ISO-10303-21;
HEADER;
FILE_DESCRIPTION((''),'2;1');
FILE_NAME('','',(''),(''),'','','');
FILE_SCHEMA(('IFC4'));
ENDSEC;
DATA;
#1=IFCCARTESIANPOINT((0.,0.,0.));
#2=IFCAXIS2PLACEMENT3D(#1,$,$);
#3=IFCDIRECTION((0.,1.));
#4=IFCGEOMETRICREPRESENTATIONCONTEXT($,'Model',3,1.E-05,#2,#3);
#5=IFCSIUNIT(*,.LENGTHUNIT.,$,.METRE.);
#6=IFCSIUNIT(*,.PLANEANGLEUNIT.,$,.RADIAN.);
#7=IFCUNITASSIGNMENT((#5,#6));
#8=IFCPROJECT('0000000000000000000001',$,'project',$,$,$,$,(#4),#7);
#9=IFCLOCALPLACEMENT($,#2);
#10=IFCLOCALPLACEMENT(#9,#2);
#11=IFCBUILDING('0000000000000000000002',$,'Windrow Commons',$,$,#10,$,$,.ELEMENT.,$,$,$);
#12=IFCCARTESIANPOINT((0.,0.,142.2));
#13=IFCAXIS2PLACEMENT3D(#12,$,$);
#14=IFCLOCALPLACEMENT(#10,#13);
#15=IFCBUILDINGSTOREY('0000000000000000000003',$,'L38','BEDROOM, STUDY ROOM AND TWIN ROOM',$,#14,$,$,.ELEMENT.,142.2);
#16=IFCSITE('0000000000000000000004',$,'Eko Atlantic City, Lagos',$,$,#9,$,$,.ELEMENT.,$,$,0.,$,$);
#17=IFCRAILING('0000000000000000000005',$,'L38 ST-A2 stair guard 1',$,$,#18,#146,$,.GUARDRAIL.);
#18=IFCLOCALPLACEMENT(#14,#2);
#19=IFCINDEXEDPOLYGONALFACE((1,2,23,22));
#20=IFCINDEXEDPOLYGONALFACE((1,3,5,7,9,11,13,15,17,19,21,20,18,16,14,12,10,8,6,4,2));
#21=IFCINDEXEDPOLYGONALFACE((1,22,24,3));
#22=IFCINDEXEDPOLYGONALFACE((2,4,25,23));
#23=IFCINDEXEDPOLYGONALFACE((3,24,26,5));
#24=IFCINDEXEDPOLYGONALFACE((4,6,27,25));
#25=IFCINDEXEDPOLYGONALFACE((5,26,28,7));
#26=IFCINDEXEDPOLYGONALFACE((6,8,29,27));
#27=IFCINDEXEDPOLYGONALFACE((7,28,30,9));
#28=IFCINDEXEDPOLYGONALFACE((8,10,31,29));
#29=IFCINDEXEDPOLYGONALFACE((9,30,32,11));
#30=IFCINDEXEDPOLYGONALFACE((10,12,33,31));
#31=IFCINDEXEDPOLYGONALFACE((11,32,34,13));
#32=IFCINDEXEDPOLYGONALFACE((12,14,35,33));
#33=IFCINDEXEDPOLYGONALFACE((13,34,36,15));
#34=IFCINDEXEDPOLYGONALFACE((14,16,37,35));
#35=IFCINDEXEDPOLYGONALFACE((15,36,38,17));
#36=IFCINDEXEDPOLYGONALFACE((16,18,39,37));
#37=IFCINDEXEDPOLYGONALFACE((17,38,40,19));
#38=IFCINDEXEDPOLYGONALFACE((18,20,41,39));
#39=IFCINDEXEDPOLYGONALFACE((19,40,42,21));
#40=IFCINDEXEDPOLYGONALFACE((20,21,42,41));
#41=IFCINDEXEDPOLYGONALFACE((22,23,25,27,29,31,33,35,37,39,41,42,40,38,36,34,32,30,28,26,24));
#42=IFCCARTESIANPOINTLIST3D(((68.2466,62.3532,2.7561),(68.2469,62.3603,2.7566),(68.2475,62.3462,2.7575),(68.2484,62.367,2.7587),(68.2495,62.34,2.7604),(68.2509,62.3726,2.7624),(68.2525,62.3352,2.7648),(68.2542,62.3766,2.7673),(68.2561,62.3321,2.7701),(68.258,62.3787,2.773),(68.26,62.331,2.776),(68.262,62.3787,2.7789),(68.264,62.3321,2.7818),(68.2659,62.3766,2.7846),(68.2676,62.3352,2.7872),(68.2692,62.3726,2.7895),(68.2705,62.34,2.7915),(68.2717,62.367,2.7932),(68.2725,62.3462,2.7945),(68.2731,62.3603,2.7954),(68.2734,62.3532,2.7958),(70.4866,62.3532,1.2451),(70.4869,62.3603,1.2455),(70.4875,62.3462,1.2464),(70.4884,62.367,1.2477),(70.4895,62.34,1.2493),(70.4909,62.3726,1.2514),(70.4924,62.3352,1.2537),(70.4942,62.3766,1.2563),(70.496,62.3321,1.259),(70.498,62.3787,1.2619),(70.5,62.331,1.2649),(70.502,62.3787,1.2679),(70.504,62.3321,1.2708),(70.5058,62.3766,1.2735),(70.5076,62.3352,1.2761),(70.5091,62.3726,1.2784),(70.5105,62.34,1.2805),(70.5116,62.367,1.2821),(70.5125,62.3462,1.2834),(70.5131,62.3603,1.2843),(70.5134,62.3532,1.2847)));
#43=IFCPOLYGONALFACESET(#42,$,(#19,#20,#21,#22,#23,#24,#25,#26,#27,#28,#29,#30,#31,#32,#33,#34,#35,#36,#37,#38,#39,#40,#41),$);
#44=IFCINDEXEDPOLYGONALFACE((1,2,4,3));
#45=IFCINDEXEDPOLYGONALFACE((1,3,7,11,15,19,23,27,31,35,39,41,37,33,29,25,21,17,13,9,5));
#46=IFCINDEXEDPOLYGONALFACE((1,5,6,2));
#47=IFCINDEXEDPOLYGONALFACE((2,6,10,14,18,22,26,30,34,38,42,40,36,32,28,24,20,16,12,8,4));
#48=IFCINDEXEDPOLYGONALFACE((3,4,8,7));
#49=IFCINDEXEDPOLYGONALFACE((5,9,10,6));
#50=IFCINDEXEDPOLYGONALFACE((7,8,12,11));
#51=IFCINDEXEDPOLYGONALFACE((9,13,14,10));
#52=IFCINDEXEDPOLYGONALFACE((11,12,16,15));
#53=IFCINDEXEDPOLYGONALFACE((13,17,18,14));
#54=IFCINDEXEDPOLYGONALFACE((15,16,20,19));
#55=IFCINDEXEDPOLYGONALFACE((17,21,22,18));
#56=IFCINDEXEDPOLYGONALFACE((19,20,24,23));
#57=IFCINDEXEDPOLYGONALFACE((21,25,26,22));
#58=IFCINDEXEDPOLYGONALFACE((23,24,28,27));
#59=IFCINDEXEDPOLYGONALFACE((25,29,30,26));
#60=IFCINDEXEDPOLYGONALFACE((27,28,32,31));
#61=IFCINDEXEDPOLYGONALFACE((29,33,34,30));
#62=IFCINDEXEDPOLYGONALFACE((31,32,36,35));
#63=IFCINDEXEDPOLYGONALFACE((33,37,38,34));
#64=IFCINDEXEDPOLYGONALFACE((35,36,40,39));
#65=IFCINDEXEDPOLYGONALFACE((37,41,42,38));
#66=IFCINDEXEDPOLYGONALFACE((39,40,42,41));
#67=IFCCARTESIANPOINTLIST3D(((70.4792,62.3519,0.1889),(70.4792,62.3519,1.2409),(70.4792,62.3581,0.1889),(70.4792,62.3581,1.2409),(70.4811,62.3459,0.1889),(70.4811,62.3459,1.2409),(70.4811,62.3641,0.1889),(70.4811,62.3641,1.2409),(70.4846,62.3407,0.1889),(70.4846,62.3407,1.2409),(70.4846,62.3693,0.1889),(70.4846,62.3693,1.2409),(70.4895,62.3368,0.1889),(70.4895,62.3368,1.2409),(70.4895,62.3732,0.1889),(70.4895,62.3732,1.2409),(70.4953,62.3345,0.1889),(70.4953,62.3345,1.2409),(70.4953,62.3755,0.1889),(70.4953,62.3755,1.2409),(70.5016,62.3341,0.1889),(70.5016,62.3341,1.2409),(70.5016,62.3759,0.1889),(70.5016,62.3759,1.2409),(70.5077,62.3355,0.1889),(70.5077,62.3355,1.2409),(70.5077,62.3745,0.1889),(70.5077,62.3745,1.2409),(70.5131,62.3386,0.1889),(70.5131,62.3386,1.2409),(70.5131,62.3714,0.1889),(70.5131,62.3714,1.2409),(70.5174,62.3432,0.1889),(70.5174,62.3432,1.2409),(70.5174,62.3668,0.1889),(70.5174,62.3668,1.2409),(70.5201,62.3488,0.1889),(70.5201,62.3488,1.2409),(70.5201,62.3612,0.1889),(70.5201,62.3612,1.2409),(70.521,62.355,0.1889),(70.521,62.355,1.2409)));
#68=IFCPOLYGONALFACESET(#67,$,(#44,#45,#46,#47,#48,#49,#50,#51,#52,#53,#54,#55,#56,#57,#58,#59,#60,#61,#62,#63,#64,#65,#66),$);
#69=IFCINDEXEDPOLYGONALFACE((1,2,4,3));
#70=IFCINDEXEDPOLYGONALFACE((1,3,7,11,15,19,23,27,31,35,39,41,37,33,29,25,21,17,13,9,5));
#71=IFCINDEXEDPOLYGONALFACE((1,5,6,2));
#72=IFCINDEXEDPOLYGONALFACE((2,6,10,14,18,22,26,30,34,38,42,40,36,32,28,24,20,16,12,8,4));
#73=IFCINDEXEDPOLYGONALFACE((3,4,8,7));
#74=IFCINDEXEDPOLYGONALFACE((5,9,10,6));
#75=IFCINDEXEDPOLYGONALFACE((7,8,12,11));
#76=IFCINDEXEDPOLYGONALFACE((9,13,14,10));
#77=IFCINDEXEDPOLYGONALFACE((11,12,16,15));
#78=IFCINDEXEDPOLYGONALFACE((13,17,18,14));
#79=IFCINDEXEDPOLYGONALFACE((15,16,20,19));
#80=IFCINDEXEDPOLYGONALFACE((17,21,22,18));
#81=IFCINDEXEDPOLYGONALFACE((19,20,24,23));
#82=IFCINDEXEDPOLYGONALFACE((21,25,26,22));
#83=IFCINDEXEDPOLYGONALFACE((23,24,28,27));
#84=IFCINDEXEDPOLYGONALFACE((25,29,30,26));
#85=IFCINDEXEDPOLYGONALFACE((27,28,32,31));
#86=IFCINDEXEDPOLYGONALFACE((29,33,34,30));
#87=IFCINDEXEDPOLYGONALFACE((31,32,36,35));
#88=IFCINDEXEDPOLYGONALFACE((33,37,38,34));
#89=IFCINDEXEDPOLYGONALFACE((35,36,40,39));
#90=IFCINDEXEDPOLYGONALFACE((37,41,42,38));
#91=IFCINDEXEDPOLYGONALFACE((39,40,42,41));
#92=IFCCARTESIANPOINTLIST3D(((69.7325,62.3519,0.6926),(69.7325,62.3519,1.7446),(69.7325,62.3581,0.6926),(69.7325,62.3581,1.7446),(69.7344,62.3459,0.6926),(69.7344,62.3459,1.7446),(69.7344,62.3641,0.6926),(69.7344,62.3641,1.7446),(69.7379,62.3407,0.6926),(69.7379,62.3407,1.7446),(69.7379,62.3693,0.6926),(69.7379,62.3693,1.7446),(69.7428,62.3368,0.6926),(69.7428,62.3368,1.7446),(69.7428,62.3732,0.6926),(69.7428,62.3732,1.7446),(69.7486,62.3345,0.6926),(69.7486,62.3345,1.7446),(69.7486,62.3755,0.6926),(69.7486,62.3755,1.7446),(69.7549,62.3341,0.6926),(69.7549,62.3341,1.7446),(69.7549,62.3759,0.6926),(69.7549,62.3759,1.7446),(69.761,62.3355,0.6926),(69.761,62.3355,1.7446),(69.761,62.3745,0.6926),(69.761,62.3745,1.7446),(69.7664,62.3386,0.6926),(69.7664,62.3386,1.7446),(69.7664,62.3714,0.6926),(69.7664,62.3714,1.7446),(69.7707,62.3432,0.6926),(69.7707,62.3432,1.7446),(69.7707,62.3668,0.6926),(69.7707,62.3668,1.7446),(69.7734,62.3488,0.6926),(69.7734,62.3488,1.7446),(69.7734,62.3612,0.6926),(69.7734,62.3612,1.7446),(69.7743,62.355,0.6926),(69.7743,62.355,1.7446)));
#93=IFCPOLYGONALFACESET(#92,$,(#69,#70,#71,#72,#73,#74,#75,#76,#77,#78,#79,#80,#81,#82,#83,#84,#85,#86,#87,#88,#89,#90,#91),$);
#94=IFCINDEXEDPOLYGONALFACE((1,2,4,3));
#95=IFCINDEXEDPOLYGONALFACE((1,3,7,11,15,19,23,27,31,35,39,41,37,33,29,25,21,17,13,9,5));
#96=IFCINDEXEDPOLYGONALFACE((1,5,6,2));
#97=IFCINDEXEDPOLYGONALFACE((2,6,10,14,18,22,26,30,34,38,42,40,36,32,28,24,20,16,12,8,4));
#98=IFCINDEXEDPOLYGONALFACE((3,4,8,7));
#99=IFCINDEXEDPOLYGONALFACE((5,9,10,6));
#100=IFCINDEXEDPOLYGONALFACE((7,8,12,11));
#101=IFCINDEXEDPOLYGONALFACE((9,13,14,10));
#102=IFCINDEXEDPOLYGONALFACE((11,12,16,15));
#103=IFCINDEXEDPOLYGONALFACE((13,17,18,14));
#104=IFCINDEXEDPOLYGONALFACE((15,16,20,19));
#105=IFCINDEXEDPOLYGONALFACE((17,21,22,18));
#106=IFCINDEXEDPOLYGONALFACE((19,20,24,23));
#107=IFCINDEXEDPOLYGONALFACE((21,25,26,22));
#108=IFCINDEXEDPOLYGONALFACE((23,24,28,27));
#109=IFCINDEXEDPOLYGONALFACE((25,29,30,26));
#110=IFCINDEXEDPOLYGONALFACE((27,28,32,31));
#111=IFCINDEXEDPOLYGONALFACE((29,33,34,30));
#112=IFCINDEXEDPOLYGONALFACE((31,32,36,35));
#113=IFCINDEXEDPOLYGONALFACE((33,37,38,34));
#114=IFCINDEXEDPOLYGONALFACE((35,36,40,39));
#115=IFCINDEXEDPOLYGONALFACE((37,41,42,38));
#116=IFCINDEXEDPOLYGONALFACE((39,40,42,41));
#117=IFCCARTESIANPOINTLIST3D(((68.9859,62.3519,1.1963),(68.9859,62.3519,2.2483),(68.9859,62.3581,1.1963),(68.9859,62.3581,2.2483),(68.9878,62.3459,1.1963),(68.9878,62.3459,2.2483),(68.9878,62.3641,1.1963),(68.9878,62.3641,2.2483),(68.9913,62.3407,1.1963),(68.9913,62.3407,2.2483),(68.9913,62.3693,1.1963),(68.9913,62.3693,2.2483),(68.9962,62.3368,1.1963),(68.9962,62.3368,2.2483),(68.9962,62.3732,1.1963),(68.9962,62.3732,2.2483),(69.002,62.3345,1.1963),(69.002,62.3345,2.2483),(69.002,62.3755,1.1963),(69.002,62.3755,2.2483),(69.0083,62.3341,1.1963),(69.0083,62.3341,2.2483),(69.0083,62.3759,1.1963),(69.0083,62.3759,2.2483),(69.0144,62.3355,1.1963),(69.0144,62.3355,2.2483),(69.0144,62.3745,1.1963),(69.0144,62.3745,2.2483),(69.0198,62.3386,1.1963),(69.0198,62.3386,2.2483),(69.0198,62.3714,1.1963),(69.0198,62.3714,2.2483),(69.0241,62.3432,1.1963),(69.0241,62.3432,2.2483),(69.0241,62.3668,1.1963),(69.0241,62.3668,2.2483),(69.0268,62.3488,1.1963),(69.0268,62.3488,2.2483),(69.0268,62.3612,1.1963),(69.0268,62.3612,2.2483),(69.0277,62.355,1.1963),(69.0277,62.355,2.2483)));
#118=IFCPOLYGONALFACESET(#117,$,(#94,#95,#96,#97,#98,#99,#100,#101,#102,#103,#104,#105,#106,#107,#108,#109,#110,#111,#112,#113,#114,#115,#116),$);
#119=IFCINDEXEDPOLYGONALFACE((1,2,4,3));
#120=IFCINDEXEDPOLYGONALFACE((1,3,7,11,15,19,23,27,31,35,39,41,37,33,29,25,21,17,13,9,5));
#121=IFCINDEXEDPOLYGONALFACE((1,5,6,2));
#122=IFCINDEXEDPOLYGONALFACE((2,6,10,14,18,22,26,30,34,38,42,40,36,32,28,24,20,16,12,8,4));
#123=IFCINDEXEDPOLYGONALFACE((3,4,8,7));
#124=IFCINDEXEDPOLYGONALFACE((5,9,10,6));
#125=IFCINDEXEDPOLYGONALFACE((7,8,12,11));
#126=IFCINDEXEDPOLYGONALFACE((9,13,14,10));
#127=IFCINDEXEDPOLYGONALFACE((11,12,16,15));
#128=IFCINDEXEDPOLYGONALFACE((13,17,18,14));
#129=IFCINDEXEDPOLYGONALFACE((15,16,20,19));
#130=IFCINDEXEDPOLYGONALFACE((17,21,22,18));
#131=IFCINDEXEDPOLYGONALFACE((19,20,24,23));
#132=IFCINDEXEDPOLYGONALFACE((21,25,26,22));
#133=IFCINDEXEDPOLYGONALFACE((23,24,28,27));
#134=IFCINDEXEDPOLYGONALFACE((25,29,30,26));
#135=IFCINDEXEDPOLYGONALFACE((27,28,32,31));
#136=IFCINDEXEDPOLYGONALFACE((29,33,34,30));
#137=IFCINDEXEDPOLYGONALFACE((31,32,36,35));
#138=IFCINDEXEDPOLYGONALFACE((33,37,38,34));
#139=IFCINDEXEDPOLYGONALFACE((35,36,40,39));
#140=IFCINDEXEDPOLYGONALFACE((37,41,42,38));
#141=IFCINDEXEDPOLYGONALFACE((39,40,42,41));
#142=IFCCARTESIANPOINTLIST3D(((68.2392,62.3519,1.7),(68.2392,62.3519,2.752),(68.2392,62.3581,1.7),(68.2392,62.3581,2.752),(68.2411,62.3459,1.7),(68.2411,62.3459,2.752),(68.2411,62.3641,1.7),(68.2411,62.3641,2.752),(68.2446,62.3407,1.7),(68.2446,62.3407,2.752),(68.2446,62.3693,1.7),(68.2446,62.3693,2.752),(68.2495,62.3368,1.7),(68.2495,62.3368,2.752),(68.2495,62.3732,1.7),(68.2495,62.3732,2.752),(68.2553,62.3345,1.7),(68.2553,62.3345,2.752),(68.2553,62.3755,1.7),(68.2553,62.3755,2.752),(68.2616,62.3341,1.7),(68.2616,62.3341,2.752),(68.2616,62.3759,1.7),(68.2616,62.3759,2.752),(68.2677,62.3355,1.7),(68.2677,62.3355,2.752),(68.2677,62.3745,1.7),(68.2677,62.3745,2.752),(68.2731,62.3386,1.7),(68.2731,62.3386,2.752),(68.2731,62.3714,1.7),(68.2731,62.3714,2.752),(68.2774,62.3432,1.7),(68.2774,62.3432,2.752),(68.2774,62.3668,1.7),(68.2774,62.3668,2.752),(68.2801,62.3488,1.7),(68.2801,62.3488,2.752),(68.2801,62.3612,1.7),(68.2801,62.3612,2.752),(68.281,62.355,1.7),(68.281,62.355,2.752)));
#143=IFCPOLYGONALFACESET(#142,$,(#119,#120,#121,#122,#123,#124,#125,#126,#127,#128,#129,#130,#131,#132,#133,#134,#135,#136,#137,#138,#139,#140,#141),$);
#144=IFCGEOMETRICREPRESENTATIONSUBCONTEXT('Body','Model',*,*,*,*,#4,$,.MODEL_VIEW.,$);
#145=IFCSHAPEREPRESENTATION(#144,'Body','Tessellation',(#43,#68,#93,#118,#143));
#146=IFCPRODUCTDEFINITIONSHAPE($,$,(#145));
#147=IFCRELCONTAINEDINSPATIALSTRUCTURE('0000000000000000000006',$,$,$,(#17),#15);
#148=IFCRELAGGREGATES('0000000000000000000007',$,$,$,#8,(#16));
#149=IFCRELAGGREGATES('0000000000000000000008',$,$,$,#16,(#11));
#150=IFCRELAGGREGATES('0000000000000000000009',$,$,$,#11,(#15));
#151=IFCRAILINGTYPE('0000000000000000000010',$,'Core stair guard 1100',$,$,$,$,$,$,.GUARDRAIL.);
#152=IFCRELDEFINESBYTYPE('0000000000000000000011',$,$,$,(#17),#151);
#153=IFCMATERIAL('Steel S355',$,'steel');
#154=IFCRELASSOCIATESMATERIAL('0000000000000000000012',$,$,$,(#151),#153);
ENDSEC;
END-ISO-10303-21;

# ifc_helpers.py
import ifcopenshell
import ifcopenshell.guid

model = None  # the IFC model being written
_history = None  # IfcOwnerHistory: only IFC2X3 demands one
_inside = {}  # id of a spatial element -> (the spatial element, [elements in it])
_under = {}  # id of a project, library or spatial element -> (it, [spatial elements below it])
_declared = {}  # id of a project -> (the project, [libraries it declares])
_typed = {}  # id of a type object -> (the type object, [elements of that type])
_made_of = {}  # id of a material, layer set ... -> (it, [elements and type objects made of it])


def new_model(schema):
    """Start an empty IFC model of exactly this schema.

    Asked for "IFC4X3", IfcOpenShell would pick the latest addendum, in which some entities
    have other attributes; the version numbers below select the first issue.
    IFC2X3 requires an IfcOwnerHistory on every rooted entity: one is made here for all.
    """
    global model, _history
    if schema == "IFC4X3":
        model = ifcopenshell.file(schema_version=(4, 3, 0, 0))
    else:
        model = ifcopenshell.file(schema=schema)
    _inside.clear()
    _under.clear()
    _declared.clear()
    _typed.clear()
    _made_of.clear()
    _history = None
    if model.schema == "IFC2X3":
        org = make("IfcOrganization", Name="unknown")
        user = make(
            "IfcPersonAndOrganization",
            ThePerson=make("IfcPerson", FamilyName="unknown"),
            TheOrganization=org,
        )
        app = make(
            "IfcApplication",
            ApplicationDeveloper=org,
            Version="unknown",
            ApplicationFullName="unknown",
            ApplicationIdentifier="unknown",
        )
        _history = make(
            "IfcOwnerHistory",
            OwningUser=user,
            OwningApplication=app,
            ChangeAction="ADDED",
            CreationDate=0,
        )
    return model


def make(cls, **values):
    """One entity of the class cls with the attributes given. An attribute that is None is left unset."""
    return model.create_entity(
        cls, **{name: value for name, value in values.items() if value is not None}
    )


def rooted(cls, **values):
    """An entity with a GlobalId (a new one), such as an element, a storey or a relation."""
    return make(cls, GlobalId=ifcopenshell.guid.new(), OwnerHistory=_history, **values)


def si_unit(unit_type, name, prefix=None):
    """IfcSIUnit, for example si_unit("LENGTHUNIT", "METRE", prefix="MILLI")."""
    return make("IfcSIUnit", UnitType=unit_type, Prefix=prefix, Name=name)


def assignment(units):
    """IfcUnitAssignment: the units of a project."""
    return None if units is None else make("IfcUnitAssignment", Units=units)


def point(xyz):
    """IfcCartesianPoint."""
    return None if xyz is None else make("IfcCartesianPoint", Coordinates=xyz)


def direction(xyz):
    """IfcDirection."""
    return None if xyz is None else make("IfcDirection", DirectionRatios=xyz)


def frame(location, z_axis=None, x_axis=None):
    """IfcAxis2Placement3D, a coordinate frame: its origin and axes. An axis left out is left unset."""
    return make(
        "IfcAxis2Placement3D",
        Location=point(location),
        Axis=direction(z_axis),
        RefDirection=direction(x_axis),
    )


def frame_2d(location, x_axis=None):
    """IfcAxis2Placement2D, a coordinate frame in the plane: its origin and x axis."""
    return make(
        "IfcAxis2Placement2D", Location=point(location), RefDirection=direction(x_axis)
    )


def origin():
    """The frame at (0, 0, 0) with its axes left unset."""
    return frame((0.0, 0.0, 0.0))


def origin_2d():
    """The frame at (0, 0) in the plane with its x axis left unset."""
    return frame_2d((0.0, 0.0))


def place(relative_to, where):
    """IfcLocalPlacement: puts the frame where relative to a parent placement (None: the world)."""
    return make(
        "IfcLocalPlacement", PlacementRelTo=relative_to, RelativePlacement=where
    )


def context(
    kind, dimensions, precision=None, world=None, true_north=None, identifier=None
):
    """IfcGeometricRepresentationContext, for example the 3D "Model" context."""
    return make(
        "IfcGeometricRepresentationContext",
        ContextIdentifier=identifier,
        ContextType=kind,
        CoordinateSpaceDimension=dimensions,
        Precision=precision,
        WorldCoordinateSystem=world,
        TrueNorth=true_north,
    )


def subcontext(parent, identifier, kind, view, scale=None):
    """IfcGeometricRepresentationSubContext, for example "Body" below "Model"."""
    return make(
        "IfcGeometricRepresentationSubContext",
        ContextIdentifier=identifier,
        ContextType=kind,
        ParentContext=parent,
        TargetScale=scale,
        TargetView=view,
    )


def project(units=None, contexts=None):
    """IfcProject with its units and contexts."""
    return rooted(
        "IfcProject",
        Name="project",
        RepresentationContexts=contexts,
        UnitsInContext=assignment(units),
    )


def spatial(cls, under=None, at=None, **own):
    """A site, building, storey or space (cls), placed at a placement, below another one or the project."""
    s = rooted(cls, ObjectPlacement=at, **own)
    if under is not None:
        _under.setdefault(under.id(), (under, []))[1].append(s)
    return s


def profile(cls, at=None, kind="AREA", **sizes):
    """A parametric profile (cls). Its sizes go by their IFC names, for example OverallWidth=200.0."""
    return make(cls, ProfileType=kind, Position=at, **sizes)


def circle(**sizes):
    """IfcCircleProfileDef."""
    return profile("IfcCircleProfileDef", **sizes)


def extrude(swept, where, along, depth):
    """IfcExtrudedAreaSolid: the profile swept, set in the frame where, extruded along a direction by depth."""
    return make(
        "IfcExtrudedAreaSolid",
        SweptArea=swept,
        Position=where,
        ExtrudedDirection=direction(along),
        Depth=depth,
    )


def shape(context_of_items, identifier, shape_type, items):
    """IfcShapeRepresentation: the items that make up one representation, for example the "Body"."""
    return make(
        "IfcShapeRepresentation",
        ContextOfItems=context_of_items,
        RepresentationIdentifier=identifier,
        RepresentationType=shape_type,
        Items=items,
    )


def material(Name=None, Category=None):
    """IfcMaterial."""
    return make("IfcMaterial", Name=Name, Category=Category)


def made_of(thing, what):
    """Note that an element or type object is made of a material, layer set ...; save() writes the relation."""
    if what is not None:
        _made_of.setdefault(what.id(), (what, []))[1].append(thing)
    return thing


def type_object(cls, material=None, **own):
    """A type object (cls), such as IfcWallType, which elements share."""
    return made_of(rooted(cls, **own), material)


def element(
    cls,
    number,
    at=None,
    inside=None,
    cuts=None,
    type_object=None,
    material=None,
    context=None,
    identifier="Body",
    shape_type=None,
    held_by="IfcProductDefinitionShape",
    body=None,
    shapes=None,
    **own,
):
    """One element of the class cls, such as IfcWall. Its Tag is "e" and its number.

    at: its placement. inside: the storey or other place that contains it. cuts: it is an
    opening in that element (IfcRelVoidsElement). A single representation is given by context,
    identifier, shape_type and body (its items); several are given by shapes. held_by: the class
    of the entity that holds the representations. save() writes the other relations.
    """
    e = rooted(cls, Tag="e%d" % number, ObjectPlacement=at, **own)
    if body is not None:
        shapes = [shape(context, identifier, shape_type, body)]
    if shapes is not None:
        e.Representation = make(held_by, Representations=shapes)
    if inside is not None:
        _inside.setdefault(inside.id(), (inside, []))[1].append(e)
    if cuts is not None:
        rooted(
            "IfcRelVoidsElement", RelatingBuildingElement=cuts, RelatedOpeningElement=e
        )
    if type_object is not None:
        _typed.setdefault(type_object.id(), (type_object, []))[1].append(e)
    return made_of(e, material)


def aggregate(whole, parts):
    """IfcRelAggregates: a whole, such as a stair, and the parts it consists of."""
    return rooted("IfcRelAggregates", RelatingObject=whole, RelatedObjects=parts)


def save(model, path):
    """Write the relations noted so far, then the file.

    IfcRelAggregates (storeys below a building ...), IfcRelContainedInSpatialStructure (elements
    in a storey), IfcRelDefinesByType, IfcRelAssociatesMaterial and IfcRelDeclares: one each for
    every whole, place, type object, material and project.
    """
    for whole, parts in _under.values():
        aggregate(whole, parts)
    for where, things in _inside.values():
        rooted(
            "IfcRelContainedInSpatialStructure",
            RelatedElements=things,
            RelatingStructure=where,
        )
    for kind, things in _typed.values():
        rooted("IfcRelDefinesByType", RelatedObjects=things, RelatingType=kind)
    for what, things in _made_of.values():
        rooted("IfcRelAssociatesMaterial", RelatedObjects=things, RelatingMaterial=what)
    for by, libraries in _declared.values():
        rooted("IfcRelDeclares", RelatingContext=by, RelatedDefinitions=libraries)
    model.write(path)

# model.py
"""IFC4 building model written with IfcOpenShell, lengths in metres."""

from ifc_helpers import new_model, si_unit, direction, frame, origin, origin_2d, place, context, subcontext, project, spatial, circle, extrude, material, type_object, element, save


model = new_model("IFC4")

# Units and contexts
model_context = context("Model", 3, precision=1e-05, world=origin(), true_north=direction((0.0, 1.0)))
body_context = subcontext(model_context, "Body", "Model", "MODEL_VIEW")
ifc_project = project(units=[si_unit("LENGTHUNIT", "METRE"), si_unit("PLANEANGLEUNIT", "RADIAN")], contexts=[model_context])

# Site, building, storey
site_placement = place(None, origin())
site = spatial("IfcSite", under=ifc_project, at=site_placement, Name="Eko Atlantic City, Lagos", CompositionType="ELEMENT", RefElevation=0.0)
building_placement = place(site_placement, origin())
building = spatial("IfcBuilding", under=site, at=building_placement, Name="Windrow Commons", CompositionType="ELEMENT")
storey_placement = place(building_placement, frame((0.0, 0.0, 142.2)))
storey = spatial("IfcBuildingStorey", under=building, at=storey_placement, Name="L38", Description="BEDROOM, STUDY ROOM AND TWIN ROOM", CompositionType="ELEMENT", Elevation=142.2)

# Railing
ifc_material_1 = material(Name="Steel S355", Category="steel")
railing_type_1 = type_object("IfcRailingType", Name="Core stair guard 1100", PredefinedType="GUARDRAIL", material=ifc_material_1)
railing_1_placement = place(storey_placement, frame((70.5, 62.355, 0.1889)))
element("IfcRailing", 1, at=railing_1_placement, inside=storey, type_object=railing_type_1, Name="L38 ST-A2 stair guard 1", PredefinedType="GUARDRAIL", context=body_context, shape_type="SweptSolid", body=[
    extrude(circle(Radius=0.024, at=origin_2d()), frame((0.0, 0.0, 1.076), z_axis=(-0.829003, 0.0, 0.559244), x_axis=(0.0, -1.0, 0.0)), (0.0, 0.0, 1.0), 2.702),
    extrude(circle(Radius=0.021, at=origin_2d()), origin(), (0.0, 0.0, 1.0), 1.052),
    extrude(circle(Radius=0.021, at=origin_2d()), frame((-0.7467, 0.0, 0.5037)), (0.0, 0.0, 1.0), 1.052),
    extrude(circle(Radius=0.021, at=origin_2d()), frame((-1.4933, 0.0, 1.0074)), (0.0, 0.0, 1.0), 1.052),
    extrude(circle(Radius=0.021, at=origin_2d()), frame((-2.24, 0.0, 1.5111)), (0.0, 0.0, 1.0), 1.052),
])

save(model, "model.ifc")
